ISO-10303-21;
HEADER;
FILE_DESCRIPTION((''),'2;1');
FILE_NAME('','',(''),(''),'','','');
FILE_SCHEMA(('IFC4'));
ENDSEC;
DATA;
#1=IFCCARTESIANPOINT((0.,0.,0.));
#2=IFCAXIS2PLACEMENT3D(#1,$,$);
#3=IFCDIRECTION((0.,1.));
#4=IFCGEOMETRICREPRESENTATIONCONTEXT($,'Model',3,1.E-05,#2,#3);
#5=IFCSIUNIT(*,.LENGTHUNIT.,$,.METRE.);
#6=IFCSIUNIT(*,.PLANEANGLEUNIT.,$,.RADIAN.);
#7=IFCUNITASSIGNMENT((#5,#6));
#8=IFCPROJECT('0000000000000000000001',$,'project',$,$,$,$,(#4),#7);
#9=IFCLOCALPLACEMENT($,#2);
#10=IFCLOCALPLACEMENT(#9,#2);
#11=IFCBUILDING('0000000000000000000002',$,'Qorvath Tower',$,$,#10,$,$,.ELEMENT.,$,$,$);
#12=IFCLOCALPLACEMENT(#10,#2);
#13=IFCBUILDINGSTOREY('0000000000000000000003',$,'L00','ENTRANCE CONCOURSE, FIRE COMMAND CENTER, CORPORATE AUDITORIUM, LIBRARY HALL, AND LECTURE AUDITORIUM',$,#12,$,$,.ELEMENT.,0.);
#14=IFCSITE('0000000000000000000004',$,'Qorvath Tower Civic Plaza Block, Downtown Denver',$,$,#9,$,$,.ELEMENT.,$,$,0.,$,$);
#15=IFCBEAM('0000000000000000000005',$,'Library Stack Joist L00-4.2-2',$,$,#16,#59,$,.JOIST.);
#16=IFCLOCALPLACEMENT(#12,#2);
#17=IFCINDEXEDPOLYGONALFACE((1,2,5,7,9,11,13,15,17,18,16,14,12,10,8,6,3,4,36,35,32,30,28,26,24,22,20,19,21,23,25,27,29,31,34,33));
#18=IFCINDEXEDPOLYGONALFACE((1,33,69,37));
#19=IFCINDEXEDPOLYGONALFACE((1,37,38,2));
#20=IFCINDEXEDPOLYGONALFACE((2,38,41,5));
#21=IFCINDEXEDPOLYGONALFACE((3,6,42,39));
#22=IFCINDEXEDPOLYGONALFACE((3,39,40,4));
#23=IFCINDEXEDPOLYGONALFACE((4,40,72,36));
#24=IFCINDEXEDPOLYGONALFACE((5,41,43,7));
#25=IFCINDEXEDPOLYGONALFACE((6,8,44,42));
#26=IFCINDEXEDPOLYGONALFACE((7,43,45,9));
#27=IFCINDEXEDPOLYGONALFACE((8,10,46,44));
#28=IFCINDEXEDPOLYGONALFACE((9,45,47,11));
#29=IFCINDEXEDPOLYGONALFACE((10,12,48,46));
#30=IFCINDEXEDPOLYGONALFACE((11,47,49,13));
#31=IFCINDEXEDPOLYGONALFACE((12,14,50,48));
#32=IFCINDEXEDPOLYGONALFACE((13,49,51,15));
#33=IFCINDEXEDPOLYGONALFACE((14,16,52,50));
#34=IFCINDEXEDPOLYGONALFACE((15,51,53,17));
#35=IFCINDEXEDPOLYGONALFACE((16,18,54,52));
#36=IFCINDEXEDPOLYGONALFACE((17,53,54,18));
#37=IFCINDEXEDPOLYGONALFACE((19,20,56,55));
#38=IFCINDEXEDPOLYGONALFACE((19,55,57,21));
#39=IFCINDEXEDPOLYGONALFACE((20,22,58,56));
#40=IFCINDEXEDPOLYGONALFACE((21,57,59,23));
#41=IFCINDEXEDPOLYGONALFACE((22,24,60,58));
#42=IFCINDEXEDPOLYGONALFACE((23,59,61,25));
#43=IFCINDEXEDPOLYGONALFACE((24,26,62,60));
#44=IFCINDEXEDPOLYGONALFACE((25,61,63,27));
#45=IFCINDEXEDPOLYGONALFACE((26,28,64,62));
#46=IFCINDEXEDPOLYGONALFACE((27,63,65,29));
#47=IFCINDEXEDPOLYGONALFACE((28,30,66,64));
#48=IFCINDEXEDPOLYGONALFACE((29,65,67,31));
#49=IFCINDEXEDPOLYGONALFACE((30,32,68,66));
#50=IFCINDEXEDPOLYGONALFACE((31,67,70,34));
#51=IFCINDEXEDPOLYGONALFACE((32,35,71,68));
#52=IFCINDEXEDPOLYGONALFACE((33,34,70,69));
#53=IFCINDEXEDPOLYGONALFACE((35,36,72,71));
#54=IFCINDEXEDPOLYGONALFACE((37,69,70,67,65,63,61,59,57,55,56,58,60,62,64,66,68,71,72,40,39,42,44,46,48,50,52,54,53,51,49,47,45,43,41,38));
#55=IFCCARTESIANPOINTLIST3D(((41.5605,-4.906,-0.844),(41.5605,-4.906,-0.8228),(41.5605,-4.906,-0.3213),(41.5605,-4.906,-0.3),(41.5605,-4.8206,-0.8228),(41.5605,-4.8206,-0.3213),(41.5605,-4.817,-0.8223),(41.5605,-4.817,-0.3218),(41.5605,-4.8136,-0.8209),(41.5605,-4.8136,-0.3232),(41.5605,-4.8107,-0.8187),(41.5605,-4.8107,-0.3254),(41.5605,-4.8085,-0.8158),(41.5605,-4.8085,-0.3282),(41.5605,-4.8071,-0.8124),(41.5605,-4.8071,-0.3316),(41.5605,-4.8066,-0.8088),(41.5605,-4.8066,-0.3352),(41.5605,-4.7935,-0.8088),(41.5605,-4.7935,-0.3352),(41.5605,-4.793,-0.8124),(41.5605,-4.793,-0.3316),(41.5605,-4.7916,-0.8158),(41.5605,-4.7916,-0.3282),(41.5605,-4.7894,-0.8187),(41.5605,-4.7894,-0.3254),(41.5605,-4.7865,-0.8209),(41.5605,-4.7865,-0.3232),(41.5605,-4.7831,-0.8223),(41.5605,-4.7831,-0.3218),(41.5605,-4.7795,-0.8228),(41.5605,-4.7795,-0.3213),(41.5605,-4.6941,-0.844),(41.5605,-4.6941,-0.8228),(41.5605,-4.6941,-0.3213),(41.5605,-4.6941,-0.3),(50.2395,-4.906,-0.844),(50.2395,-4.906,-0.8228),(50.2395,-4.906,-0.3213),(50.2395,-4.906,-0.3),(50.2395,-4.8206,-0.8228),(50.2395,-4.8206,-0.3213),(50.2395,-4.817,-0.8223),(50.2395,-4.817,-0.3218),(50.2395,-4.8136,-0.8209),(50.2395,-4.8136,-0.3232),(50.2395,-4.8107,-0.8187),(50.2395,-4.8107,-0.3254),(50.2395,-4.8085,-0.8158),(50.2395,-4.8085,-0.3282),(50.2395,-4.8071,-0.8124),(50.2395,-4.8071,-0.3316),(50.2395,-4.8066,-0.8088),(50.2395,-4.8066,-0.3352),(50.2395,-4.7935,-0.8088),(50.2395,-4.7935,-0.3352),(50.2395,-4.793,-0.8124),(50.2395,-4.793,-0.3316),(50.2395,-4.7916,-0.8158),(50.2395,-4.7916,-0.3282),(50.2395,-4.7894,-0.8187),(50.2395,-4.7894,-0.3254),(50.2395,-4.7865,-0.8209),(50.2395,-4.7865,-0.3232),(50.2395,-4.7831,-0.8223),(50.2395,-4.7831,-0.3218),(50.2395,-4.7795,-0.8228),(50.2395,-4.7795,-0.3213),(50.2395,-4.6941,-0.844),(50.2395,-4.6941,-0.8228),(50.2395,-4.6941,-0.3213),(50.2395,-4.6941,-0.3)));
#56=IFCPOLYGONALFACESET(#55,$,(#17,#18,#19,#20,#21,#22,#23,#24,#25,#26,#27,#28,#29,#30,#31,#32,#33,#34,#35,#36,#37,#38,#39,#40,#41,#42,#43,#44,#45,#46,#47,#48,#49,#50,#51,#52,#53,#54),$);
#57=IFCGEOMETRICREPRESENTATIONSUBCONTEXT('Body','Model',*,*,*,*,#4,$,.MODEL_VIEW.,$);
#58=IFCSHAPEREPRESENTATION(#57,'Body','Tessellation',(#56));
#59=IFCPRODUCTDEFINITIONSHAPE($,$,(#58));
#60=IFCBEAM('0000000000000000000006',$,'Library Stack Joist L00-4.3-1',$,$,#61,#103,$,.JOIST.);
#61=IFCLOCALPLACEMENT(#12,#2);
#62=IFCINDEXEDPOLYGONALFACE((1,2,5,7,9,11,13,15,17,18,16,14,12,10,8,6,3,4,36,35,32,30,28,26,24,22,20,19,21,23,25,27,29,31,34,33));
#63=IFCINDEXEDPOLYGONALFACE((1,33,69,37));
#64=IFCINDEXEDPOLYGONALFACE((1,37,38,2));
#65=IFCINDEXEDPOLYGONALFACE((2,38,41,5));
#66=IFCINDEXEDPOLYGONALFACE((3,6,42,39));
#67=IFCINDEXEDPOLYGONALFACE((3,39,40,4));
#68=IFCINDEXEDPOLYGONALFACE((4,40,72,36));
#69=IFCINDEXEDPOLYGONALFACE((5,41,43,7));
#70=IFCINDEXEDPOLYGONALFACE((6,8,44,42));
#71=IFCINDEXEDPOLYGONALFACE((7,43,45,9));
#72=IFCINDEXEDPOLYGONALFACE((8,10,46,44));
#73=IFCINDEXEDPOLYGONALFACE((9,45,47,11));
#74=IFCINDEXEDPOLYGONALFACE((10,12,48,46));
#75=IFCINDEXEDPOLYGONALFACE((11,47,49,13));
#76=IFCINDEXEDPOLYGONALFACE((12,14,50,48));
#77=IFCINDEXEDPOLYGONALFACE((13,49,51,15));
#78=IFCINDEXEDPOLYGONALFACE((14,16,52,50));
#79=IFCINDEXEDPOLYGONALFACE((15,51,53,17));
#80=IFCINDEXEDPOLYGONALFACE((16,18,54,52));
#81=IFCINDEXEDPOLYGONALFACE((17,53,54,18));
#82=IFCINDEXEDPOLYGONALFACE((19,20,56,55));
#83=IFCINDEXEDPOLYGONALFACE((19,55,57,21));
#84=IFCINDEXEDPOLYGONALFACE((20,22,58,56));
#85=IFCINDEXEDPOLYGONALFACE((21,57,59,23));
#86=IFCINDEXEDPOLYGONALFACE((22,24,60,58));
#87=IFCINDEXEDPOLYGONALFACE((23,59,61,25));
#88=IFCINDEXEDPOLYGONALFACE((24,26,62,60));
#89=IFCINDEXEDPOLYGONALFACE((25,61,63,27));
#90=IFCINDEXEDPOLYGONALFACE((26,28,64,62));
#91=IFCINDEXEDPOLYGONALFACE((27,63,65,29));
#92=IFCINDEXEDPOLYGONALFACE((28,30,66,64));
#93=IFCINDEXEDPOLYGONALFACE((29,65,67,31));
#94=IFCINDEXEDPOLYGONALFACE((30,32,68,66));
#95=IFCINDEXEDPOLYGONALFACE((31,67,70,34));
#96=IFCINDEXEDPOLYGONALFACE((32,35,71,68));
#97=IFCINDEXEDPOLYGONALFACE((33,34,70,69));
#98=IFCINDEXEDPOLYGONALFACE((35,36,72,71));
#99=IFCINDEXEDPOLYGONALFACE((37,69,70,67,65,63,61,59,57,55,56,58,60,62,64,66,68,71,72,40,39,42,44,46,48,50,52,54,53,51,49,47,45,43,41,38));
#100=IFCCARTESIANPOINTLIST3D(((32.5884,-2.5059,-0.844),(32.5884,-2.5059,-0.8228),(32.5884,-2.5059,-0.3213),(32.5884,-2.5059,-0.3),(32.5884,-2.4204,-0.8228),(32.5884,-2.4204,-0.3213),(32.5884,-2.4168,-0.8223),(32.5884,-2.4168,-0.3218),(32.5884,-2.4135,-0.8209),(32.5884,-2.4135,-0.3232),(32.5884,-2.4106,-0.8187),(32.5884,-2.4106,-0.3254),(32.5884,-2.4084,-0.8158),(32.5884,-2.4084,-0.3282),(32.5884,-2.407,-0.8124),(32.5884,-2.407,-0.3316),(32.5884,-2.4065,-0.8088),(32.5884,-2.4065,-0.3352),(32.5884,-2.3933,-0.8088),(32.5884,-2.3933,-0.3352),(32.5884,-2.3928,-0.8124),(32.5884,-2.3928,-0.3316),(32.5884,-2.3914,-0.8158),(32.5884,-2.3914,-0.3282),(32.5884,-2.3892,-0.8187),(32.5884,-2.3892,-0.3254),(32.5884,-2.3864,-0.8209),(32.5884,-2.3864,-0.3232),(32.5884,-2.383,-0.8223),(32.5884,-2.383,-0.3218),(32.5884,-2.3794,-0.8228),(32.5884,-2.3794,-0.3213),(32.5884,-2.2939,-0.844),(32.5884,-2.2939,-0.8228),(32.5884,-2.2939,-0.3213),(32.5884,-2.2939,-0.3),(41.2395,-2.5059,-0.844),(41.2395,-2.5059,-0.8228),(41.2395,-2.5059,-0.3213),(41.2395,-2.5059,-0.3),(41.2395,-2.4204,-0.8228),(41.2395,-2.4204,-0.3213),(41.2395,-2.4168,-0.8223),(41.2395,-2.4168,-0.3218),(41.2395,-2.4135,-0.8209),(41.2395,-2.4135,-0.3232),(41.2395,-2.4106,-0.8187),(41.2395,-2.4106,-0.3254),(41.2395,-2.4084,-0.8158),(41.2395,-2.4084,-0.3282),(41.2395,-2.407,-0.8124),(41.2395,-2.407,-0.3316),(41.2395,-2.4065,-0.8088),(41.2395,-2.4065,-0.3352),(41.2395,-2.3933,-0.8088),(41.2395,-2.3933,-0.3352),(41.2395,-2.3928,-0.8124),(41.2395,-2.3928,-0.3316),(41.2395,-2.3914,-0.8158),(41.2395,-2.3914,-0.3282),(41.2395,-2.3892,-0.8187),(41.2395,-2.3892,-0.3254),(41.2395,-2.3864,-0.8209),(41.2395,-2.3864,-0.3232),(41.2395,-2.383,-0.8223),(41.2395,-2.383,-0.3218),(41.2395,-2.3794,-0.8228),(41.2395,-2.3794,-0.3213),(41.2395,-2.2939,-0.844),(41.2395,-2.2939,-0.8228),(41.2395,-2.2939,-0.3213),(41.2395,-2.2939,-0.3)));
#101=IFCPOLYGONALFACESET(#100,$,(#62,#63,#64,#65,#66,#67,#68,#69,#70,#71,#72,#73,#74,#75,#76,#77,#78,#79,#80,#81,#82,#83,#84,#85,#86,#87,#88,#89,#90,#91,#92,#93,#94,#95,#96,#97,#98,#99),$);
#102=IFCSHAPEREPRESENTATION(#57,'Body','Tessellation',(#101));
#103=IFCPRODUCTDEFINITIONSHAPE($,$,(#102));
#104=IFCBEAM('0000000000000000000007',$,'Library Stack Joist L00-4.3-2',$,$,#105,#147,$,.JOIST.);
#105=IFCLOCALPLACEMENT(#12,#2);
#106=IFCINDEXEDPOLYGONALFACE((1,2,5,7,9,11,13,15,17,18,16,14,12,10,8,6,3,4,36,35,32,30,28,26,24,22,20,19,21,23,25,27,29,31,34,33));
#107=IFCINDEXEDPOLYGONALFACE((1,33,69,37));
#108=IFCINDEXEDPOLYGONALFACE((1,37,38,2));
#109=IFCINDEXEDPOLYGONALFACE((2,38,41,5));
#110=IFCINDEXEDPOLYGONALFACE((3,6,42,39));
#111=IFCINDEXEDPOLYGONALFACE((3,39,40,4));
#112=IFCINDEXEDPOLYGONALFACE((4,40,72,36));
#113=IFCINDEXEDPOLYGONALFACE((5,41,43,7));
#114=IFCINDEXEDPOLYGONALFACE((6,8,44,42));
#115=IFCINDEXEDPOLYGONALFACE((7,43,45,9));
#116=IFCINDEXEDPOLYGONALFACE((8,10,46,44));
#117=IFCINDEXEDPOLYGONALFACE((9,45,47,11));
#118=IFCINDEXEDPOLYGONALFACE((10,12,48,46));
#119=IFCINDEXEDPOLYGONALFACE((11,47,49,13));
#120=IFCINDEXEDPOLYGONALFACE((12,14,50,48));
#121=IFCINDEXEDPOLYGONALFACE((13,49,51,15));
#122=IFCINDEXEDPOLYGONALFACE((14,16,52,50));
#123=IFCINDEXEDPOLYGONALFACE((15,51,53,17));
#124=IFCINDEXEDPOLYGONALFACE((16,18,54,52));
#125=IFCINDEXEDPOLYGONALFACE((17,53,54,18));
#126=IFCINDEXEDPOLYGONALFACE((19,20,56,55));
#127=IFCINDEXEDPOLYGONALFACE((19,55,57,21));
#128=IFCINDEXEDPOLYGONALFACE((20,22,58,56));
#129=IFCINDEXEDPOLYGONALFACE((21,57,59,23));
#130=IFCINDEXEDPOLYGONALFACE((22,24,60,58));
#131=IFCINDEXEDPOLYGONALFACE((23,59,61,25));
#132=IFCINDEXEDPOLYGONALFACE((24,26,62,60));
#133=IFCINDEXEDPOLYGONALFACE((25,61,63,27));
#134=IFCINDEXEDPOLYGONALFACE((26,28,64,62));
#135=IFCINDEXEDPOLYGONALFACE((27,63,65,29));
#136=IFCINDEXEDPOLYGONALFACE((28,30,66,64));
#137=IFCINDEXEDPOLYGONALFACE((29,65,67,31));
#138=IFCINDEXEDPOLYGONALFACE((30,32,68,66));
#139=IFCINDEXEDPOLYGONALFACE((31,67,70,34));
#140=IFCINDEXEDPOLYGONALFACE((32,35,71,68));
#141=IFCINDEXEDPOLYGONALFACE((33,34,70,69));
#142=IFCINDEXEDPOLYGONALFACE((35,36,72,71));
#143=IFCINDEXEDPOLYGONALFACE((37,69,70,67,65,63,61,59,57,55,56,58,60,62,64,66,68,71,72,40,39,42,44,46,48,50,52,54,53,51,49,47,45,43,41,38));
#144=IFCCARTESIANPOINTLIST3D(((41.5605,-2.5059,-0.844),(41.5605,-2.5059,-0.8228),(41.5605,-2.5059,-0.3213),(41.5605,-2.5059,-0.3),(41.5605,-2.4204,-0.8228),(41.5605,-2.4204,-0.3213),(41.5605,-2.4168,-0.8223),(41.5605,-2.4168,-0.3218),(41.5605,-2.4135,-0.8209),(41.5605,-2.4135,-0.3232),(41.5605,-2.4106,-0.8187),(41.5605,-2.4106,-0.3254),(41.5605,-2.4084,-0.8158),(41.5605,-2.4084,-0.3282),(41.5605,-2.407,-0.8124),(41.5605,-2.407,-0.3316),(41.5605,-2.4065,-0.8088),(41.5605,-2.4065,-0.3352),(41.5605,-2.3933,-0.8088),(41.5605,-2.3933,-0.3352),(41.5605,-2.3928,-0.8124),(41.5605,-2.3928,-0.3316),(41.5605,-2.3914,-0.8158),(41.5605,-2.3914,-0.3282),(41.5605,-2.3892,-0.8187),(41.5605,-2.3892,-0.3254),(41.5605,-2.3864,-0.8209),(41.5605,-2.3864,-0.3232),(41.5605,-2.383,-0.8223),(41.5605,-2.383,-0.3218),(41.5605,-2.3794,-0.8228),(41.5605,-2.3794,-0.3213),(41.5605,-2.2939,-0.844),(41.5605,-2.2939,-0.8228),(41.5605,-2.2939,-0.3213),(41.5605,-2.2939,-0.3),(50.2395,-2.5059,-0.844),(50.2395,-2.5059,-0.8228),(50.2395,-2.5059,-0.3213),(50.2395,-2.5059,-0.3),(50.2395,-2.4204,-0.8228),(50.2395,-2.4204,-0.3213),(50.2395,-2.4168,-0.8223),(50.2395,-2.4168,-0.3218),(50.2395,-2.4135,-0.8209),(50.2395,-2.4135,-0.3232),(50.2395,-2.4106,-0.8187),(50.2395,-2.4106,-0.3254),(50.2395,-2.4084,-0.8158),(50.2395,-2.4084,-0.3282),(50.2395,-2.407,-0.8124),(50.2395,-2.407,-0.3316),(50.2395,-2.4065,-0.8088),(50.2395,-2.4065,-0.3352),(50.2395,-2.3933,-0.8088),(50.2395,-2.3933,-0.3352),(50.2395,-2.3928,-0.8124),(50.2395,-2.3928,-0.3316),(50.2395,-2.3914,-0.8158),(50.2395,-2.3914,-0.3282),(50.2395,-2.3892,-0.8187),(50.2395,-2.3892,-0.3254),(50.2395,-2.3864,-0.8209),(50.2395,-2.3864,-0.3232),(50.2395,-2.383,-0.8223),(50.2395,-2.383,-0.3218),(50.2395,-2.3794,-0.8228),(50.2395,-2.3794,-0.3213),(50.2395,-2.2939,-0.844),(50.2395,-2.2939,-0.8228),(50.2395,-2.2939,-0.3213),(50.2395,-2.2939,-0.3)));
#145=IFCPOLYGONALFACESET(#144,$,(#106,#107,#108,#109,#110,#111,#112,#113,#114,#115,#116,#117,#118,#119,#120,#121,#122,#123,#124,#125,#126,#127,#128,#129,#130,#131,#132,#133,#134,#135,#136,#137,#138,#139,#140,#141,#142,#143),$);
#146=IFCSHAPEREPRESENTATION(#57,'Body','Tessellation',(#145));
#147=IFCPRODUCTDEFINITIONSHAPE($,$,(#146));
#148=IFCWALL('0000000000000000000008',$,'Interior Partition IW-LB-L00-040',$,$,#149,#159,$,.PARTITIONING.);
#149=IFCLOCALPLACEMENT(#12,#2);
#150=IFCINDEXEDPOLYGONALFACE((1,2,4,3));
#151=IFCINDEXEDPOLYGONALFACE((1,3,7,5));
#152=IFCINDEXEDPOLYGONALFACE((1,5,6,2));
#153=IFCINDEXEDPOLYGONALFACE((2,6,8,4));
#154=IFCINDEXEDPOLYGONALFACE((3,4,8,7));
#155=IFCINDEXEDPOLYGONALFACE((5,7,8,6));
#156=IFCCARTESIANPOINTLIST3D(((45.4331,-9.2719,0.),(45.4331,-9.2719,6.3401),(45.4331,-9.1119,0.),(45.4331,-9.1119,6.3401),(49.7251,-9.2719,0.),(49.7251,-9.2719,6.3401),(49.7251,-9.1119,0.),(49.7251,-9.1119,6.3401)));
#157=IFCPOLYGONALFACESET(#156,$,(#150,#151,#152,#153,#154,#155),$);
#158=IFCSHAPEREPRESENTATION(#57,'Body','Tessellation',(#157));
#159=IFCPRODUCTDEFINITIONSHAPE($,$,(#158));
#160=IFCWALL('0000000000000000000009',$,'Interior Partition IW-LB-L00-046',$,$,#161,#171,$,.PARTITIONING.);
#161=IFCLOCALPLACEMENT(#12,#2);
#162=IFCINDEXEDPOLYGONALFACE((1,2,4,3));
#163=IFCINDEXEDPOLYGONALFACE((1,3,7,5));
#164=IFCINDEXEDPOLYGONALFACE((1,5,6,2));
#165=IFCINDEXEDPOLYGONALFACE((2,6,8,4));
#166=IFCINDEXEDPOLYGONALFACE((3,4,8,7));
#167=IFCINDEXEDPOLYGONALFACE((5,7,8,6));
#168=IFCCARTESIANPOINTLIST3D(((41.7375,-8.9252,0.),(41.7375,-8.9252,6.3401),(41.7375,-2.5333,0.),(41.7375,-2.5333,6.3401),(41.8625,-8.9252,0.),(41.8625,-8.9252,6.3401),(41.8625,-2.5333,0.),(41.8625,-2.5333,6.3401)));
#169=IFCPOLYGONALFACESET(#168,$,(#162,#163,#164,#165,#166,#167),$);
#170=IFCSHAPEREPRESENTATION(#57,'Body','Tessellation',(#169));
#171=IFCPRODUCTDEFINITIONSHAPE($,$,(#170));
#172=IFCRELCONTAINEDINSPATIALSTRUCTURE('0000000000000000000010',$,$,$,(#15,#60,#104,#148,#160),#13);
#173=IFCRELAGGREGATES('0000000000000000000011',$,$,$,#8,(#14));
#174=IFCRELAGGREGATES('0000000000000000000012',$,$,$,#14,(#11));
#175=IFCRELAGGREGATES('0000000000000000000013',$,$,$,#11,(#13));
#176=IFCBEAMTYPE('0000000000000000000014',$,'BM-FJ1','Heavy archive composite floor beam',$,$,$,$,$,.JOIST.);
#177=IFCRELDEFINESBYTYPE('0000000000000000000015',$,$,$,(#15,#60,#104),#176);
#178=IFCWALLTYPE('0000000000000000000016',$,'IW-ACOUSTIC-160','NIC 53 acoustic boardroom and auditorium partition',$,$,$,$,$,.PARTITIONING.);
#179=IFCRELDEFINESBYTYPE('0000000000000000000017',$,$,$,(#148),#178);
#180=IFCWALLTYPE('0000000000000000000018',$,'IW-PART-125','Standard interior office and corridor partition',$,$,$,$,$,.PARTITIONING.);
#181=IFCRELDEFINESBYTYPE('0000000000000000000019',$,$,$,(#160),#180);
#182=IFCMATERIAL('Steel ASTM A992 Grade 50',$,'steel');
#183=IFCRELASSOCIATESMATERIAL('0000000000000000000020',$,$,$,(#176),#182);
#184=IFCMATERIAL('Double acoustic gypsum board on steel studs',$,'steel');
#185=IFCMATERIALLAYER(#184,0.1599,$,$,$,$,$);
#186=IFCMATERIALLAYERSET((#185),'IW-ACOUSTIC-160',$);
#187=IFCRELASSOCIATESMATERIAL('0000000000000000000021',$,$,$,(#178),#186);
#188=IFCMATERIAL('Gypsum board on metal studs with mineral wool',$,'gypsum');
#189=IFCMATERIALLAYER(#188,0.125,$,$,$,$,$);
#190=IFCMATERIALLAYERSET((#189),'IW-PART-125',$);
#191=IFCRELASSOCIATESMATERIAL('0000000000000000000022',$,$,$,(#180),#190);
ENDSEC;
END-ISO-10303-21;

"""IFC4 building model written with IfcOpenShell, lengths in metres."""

from ifc_helpers import new_model, si_unit, direction, frame, frame_2d, origin, origin_2d, place, context, subcontext, project, spatial, rectangle, i_section, extrude, material, layer, layer_set, material_profile, profile_set, type_object, element, save


model = new_model("IFC4")

# Units and contexts
model_context = context("Model", 3, precision=1e-05, world=origin(), true_north=direction((0.0, 1.0)))
body_context = subcontext(model_context, "Body", "Model", "MODEL_VIEW")
ifc_project = project(units=[si_unit("LENGTHUNIT", "METRE"), si_unit("PLANEANGLEUNIT", "RADIAN")], contexts=[model_context])

# Site, building, storey
site_placement = place(None, origin())
site = spatial("IfcSite", under=ifc_project, at=site_placement, Name="Qorvath Tower Civic Plaza Block, Downtown Denver", CompositionType="ELEMENT", RefElevation=0.0)
building_placement = place(site_placement, origin())
building = spatial("IfcBuilding", under=site, at=building_placement, Name="Qorvath Tower", CompositionType="ELEMENT")
storey_placement = place(building_placement, origin())
storey = spatial("IfcBuildingStorey", under=building, at=storey_placement, Name="L00", Description="ENTRANCE CONCOURSE, FIRE COMMAND CENTER, CORPORATE AUDITORIUM, LIBRARY HALL, AND LECTURE AUDITORIUM", CompositionType="ELEMENT", Elevation=0.0)

# Beams
ifc_material_1 = material(Name="Steel ASTM A992 Grade 50", Category="steel")
ifc_material_profile_1 = material_profile(ifc_material_1, i_section(OverallWidth=0.2119, OverallDepth=0.5439, WebThickness=0.0132, FlangeThickness=0.0212, FilletRadius=0.0139, at=origin_2d()), Name="W21x83")
ifc_profile_set_1 = profile_set([ifc_material_profile_1], Name="Steel ASTM A992 Grade 50")
beam_type_1 = type_object("IfcBeamType", Name="BM-FJ1", Description="Heavy archive composite floor beam", PredefinedType="JOIST", material=ifc_profile_set_1)
beam_1_placement = place(storey_placement, frame((41.5605, -4.8, -0.572), z_axis=(1.0, 0.0, 0.0), x_axis=(0.0, 1.0, 0.0)))
element("IfcBeam", 1, at=beam_1_placement, inside=storey, type_object=beam_type_1, Name="Library Stack Joist L00-4.2-2", PredefinedType="JOIST", context=body_context, shape_type="SweptSolid", body=[
    extrude(i_section(OverallWidth=0.2119, OverallDepth=0.5439, WebThickness=0.0132, FlangeThickness=0.0212, FilletRadius=0.0139, at=origin_2d()), origin(), (0.0, 0.0, 1.0), 8.679),
])
beam_2_placement = place(storey_placement, frame((32.5884, -2.3999, -0.572), z_axis=(1.0, 0.0, 0.0), x_axis=(0.0, 1.0, 0.0)))
element("IfcBeam", 2, at=beam_2_placement, inside=storey, type_object=beam_type_1, Name="Library Stack Joist L00-4.3-1", PredefinedType="JOIST", context=body_context, shape_type="SweptSolid", body=[
    extrude(i_section(OverallWidth=0.2119, OverallDepth=0.5439, WebThickness=0.0132, FlangeThickness=0.0212, FilletRadius=0.0139, at=origin_2d()), origin(), (0.0, 0.0, 1.0), 8.6511),
])
beam_3_placement = place(storey_placement, frame((41.5605, -2.3999, -0.572), z_axis=(1.0, 0.0, 0.0), x_axis=(0.0, 1.0, 0.0)))
element("IfcBeam", 3, at=beam_3_placement, inside=storey, type_object=beam_type_1, Name="Library Stack Joist L00-4.3-2", PredefinedType="JOIST", context=body_context, shape_type="SweptSolid", body=[
    extrude(i_section(OverallWidth=0.2119, OverallDepth=0.5439, WebThickness=0.0132, FlangeThickness=0.0212, FilletRadius=0.0139, at=origin_2d()), origin(), (0.0, 0.0, 1.0), 8.679),
])

# Walls
ifc_material_2 = material(Name="Double acoustic gypsum board on steel studs", Category="steel")
ifc_layer_1 = layer(ifc_material_2, 0.1599)
ifc_layer_set_1 = layer_set([ifc_layer_1], Name="IW-ACOUSTIC-160")
wall_type_1 = type_object("IfcWallType", Name="IW-ACOUSTIC-160", Description="NIC 53 acoustic boardroom and auditorium partition", PredefinedType="PARTITIONING", material=ifc_layer_set_1)
wall_1_placement = place(storey_placement, frame((45.4331, -9.1919, 0.0), z_axis=(0.0, 0.0, 1.0), x_axis=(1.0, 0.0, 0.0)))
element("IfcWall", 4, at=wall_1_placement, inside=storey, type_object=wall_type_1, Name="Interior Partition IW-LB-L00-040", PredefinedType="PARTITIONING", context=body_context, shape_type="SweptSolid", body=[
    extrude(rectangle(XDim=4.292, YDim=0.1599, at=frame_2d((2.146, 0.0))), origin(), (0.0, 0.0, 1.0), 6.3401),
])
ifc_material_3 = material(Name="Gypsum board on metal studs with mineral wool", Category="gypsum")
ifc_layer_2 = layer(ifc_material_3, 0.125)
ifc_layer_set_2 = layer_set([ifc_layer_2], Name="IW-PART-125")
wall_type_2 = type_object("IfcWallType", Name="IW-PART-125", Description="Standard interior office and corridor partition", PredefinedType="PARTITIONING", material=ifc_layer_set_2)
wall_2_placement = place(storey_placement, frame((41.8, -8.925, 0.0), z_axis=(0.0, 0.0, 1.0), x_axis=(0.0, 1.0, 0.0)))
element("IfcWall", 5, at=wall_2_placement, inside=storey, type_object=wall_type_2, Name="Interior Partition IW-LB-L00-046", PredefinedType="PARTITIONING", context=body_context, shape_type="SweptSolid", body=[
    extrude(rectangle(XDim=6.3918, YDim=0.125, at=frame_2d((3.1958, 0.0))), origin(), (0.0, 0.0, 1.0), 6.3401),
])

save(model, "model.ifc")
